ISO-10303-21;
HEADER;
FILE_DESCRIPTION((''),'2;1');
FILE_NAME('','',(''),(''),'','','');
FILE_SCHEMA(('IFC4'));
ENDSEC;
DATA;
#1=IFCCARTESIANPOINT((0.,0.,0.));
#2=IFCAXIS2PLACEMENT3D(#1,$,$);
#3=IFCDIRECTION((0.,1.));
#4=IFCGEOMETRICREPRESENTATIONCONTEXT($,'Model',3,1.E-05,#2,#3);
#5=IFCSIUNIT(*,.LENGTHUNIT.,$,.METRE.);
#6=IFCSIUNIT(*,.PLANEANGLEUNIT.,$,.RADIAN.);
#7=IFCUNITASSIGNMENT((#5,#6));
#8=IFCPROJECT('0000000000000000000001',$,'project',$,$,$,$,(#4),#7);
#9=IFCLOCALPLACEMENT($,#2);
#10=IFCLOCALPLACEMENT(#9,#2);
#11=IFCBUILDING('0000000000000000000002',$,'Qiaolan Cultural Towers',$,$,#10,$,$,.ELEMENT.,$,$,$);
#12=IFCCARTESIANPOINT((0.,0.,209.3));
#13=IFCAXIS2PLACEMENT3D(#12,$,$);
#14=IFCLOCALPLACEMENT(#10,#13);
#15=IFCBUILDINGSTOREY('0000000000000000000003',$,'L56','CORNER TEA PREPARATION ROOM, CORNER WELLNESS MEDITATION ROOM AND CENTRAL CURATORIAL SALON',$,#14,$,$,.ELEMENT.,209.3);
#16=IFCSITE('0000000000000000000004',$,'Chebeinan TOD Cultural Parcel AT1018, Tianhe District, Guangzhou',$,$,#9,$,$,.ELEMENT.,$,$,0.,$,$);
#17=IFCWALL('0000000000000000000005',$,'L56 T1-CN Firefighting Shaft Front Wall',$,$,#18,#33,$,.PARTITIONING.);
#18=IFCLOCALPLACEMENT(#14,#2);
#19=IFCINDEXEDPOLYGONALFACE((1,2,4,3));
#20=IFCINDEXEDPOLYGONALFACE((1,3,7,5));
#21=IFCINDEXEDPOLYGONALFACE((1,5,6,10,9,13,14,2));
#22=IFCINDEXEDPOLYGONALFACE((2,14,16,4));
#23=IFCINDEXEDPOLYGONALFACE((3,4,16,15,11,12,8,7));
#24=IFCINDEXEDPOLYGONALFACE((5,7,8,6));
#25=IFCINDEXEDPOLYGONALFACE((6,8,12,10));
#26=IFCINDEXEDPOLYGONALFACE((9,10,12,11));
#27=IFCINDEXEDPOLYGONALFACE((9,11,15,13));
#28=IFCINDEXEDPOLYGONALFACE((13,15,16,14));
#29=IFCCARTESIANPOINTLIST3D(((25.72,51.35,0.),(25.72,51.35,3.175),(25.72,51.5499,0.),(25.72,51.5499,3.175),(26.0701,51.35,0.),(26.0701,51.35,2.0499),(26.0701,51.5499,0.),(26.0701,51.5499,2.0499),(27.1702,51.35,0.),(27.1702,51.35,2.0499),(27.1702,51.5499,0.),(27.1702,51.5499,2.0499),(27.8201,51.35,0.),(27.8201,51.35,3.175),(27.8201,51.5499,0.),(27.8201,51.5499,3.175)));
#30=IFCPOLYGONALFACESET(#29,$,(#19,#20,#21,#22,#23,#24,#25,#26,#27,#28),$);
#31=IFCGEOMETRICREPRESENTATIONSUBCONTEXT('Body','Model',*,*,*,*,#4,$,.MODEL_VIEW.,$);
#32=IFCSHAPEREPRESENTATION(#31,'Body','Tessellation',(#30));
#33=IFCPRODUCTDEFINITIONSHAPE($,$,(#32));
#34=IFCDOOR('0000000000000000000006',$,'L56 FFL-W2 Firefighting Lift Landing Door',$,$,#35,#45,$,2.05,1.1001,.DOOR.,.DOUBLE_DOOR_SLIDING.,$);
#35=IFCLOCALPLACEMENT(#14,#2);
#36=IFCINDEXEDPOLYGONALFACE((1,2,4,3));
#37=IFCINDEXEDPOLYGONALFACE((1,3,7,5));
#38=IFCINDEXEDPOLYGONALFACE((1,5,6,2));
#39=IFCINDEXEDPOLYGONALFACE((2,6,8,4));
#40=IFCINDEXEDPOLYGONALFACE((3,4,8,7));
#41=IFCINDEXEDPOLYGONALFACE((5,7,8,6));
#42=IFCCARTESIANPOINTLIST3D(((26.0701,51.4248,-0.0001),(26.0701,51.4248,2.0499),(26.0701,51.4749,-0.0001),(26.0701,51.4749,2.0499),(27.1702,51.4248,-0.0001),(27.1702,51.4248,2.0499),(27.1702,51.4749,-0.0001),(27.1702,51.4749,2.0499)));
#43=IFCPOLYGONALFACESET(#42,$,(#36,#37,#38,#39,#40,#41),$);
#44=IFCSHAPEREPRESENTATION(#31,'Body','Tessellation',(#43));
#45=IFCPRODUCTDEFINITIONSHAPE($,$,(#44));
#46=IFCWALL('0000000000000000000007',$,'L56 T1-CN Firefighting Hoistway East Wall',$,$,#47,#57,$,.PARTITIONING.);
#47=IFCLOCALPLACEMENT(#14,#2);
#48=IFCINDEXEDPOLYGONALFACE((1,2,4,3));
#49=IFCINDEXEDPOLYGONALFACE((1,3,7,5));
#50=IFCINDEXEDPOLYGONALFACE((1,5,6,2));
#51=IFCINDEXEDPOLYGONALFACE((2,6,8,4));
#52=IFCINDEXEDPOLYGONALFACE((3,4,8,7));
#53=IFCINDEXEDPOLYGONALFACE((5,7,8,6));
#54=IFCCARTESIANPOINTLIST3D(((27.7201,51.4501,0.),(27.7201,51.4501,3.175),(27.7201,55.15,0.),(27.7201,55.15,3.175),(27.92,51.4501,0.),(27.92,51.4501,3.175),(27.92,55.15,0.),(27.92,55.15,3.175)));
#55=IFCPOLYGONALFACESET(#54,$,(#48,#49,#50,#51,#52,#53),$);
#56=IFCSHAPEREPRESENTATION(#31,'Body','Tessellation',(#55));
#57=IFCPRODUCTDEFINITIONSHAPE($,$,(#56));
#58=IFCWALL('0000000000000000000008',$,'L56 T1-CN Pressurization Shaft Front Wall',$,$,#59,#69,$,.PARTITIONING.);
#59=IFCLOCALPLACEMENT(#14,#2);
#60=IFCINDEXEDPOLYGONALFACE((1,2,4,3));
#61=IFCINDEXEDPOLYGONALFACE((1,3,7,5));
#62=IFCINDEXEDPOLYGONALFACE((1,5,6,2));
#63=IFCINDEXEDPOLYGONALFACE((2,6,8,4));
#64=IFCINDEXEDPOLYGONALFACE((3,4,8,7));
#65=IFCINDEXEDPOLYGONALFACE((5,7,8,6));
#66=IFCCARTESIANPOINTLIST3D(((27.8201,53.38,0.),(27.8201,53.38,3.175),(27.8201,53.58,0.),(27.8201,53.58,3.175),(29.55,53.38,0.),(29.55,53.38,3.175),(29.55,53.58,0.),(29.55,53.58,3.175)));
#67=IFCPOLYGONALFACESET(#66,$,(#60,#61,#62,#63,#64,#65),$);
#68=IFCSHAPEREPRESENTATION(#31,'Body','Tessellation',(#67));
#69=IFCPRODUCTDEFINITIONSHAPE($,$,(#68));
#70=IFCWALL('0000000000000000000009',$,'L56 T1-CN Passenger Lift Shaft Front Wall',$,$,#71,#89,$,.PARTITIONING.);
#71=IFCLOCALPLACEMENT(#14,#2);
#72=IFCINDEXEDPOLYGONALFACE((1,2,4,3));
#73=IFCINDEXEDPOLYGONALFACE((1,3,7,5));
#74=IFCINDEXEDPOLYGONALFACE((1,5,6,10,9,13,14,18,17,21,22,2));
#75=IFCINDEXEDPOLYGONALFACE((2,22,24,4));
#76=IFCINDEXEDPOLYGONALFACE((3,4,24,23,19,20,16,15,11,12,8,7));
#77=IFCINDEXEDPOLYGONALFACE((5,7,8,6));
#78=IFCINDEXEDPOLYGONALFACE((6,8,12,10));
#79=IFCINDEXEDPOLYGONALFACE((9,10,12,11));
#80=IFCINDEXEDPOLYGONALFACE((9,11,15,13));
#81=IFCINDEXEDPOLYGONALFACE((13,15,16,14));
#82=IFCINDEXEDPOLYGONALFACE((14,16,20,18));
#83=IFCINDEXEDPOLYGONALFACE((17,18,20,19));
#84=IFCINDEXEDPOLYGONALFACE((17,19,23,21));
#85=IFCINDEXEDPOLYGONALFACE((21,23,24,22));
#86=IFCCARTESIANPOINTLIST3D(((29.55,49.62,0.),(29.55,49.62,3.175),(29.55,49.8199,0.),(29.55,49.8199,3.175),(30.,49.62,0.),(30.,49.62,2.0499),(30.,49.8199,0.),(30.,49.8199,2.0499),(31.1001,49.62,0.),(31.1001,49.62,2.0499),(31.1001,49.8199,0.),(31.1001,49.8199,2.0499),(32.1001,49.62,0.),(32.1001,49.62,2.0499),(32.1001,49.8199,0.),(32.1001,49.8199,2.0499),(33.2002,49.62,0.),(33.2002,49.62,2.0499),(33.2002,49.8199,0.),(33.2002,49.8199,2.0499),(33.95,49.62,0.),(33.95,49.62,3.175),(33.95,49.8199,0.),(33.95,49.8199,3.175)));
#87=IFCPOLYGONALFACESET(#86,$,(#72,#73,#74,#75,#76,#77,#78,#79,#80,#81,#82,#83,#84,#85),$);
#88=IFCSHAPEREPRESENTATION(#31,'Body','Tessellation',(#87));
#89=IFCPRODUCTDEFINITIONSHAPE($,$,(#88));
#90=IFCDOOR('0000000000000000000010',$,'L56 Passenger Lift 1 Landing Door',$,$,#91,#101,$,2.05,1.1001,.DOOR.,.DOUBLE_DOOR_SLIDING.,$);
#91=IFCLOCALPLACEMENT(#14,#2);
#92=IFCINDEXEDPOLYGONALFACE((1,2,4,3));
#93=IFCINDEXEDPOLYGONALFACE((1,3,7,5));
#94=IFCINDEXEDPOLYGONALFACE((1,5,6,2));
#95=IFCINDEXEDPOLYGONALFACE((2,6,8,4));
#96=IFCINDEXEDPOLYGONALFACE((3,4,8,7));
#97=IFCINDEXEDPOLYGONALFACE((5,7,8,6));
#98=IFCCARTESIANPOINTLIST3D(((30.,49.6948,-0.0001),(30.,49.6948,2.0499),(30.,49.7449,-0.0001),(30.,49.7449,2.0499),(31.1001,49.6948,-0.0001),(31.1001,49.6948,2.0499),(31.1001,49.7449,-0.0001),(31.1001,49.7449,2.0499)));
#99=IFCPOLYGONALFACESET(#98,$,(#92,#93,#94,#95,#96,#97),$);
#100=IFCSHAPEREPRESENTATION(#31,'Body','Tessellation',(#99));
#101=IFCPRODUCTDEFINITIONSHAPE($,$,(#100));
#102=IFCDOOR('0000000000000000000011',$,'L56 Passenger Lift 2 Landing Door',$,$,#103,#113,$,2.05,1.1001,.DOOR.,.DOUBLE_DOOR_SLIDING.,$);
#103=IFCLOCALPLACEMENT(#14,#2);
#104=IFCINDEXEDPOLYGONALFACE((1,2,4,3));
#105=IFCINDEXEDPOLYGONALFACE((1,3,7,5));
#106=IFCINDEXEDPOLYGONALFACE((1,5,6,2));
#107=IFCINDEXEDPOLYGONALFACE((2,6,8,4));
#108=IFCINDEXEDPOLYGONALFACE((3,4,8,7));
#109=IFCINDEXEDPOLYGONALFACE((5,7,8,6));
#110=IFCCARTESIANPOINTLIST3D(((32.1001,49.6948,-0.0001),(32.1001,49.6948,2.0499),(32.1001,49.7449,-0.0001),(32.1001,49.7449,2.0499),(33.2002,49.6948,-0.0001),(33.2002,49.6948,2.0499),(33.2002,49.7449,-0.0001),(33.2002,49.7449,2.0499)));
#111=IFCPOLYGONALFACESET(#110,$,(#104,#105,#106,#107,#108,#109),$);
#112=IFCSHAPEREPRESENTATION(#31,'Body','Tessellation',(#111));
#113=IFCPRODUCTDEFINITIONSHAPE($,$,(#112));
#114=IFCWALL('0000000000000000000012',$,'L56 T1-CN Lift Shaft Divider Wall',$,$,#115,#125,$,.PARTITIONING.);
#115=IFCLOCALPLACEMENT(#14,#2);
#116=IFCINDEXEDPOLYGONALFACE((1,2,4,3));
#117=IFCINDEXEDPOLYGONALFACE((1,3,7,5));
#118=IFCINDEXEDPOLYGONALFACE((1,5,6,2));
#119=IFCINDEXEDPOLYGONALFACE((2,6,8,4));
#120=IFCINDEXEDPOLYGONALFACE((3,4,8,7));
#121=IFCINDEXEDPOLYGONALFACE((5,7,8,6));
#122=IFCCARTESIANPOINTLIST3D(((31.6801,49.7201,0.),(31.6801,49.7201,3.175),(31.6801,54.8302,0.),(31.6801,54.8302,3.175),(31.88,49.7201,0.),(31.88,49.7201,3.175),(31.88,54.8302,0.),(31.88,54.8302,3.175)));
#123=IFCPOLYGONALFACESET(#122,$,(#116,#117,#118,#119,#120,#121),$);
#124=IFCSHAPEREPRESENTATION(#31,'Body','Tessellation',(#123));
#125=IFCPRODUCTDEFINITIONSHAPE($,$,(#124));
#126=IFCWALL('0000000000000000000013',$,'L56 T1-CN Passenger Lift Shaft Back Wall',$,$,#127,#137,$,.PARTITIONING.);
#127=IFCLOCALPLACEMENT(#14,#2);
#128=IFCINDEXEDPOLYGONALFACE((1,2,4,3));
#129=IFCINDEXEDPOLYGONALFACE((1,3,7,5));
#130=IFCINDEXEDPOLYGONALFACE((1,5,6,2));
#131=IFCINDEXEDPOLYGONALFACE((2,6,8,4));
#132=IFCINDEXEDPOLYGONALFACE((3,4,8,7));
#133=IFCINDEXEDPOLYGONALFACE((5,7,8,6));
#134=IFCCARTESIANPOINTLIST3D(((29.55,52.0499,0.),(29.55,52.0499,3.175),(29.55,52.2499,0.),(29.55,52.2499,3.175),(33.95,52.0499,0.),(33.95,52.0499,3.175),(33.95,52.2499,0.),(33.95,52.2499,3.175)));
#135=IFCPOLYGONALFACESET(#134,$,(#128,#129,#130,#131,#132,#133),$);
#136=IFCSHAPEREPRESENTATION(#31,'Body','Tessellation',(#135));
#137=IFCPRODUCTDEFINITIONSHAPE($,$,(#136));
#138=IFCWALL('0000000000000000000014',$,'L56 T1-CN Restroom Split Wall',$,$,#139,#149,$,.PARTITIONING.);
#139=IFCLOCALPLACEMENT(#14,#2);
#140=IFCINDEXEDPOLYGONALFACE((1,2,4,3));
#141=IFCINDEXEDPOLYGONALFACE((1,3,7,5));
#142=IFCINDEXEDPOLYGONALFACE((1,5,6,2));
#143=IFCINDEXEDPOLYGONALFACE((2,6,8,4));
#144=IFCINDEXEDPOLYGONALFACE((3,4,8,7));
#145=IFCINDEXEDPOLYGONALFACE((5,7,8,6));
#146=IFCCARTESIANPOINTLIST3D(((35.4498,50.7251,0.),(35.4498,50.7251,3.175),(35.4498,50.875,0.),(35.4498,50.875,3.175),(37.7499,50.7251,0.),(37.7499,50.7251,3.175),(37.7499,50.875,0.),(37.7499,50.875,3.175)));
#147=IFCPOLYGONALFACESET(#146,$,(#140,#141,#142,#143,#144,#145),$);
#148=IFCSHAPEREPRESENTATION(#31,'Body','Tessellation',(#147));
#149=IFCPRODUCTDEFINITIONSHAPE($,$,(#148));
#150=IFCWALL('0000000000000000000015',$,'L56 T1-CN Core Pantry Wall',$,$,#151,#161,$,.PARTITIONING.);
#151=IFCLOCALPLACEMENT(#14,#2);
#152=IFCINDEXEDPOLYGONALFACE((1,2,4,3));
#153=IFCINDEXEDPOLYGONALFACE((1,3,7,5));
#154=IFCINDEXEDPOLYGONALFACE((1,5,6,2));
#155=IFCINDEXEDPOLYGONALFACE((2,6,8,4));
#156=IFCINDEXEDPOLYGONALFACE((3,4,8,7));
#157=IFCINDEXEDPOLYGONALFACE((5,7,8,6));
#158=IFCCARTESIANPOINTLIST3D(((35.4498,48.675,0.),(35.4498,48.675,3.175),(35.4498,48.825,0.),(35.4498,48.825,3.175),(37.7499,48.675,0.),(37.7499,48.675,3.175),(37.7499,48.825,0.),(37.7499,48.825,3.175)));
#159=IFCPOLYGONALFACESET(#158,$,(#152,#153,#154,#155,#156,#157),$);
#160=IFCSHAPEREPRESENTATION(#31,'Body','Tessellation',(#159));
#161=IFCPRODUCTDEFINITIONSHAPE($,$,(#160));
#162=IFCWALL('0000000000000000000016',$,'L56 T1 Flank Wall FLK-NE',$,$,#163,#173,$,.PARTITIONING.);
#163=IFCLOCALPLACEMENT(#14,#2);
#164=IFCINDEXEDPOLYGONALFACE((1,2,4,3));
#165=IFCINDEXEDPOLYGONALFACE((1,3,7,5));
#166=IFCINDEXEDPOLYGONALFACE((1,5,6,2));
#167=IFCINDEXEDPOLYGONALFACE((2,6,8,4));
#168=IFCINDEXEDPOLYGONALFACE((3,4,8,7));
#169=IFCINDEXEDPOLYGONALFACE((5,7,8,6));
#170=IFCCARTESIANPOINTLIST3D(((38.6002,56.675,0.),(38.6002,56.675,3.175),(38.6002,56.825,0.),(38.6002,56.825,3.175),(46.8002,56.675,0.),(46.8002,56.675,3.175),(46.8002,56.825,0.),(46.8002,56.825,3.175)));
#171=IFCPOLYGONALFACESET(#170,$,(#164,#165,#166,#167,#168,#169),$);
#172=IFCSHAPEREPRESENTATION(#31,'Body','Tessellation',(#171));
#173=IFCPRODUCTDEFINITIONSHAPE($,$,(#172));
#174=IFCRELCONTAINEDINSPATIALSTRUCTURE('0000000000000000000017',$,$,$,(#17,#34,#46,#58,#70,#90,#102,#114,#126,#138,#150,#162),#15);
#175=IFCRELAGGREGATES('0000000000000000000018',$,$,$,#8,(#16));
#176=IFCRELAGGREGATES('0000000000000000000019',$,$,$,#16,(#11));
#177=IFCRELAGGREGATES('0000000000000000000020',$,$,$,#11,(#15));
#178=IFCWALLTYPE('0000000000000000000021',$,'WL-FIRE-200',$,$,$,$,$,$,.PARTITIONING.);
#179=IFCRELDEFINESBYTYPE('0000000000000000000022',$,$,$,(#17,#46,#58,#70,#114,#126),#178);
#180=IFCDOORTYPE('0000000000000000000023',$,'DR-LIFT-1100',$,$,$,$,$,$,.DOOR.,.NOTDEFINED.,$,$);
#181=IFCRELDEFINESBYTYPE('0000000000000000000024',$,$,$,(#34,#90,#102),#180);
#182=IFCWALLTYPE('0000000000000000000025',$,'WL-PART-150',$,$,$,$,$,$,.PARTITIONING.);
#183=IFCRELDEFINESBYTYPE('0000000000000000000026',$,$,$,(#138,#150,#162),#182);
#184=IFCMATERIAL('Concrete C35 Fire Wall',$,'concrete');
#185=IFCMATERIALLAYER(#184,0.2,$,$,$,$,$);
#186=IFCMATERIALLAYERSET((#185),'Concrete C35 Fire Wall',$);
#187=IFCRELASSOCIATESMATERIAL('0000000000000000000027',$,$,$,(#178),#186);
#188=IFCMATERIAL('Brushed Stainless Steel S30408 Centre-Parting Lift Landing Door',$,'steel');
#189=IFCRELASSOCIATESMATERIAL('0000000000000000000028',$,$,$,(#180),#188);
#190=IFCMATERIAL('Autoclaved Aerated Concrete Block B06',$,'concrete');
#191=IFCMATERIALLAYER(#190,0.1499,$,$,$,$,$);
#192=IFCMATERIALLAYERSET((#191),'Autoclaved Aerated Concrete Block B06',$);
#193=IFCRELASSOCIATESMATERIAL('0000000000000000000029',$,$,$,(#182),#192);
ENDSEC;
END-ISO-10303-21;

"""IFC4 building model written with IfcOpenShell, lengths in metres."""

from ifc_helpers import new_model, si_unit, direction, frame, frame_2d, origin, place, context, subcontext, project, spatial, rectangle, extrude, material, layer, layer_set, type_object, element, fill, save


model = new_model("IFC4")

# Units and contexts
model_context = context("Model", 3, precision=1e-05, world=origin(), true_north=direction((0.0, 1.0)))
body_context = subcontext(model_context, "Body", "Model", "MODEL_VIEW")
ifc_project = project(units=[si_unit("LENGTHUNIT", "METRE"), si_unit("PLANEANGLEUNIT", "RADIAN")], contexts=[model_context])

# Site, building, storey
site_placement = place(None, origin())
site = spatial("IfcSite", under=ifc_project, at=site_placement, Name="Chebeinan TOD Cultural Parcel AT1018, Tianhe District, Guangzhou", CompositionType="ELEMENT", RefElevation=0.0)
building_placement = place(site_placement, origin())
building = spatial("IfcBuilding", under=site, at=building_placement, Name="Qiaolan Cultural Towers", CompositionType="ELEMENT")
storey_placement = place(building_placement, frame((0.0, 0.0, 209.3)))
storey = spatial("IfcBuildingStorey", under=building, at=storey_placement, Name="L56", Description="CORNER TEA PREPARATION ROOM, CORNER WELLNESS MEDITATION ROOM AND CENTRAL CURATORIAL SALON", CompositionType="ELEMENT", Elevation=209.3)

# Wall, opening, door
ifc_material_1 = material(Name="Concrete C35 Fire Wall", Category="concrete")
ifc_layer_1 = layer(ifc_material_1, 0.2)
ifc_layer_set_1 = layer_set([ifc_layer_1], Name="Concrete C35 Fire Wall")
wall_type_1 = type_object("IfcWallType", Name="WL-FIRE-200", PredefinedType="PARTITIONING", material=ifc_layer_set_1)
wall_1_placement = place(storey_placement, frame((25.72, 51.45, 0.0), z_axis=(0.0, 0.0, 1.0), x_axis=(1.0, 0.0, 0.0)))
wall_1 = element("IfcWall", 1, at=wall_1_placement, inside=storey, type_object=wall_type_1, Name="L56 T1-CN Firefighting Shaft Front Wall", PredefinedType="PARTITIONING", context=body_context, shape_type="SweptSolid", body=[
    extrude(rectangle(XDim=2.1001, YDim=0.2, at=frame_2d((1.05, 0.0))), origin(), (0.0, 0.0, 1.0), 3.175),
])
opening_1_placement = place(wall_1_placement, frame((0.3501, 0.0, 0.0)))
opening_1 = element("IfcOpeningElement", 2, at=opening_1_placement, cuts=wall_1, PredefinedType="OPENING", context=body_context, shape_type="SweptSolid", body=[
    extrude(rectangle(XDim=1.1001, YDim=2.05, at=frame_2d((0.55, 1.0249))), frame((0.0, 0.1099, 0.0), z_axis=(0.0, -1.0, 0.0), x_axis=(1.0, 0.0, 0.0)), (0.0, 0.0, 1.0), 0.22),
])
ifc_material_2 = material(Name="Brushed Stainless Steel S30408 Centre-Parting Lift Landing Door", Category="steel")
door_type = type_object("IfcDoorType", Name="DR-LIFT-1100", OperationType="NOTDEFINED", PredefinedType="DOOR", material=ifc_material_2)
door_1_placement = place(opening_1_placement, origin())
door_1 = element("IfcDoor", 3, at=door_1_placement, inside=storey, type_object=door_type, Name="L56 FFL-W2 Firefighting Lift Landing Door", OperationType="DOUBLE_DOOR_SLIDING", OverallHeight=2.05, OverallWidth=1.1001, PredefinedType="DOOR", context=body_context, shape_type="SweptSolid", body=[
    extrude(rectangle(XDim=1.1001, YDim=2.05, at=frame_2d((0.55, 1.0249))), frame((0.0, 0.0249, 0.0), z_axis=(0.0, -1.0, 0.0), x_axis=(1.0, 0.0, 0.0)), (0.0, 0.0, 1.0), 0.05),
])
fill(opening_1, door_1)

# Walls
wall_2_placement = place(storey_placement, frame((27.8201, 51.45, 0.0), z_axis=(0.0, 0.0, 1.0), x_axis=(0.0, 1.0, 0.0)))
element("IfcWall", 4, at=wall_2_placement, inside=storey, type_object=wall_type_1, Name="L56 T1-CN Firefighting Hoistway East Wall", PredefinedType="PARTITIONING", context=body_context, shape_type="SweptSolid", body=[
    extrude(rectangle(XDim=3.7, YDim=0.2, at=frame_2d((1.8501, 0.0))), origin(), (0.0, 0.0, 1.0), 3.175),
])
wall_3_placement = place(storey_placement, frame((27.8201, 53.48, 0.0), z_axis=(0.0, 0.0, 1.0), x_axis=(1.0, 0.0, 0.0)))
element("IfcWall", 5, at=wall_3_placement, inside=storey, type_object=wall_type_1, Name="L56 T1-CN Pressurization Shaft Front Wall", PredefinedType="PARTITIONING", context=body_context, shape_type="SweptSolid", body=[
    extrude(rectangle(XDim=1.73, YDim=0.2, at=frame_2d((0.865, 0.0))), origin(), (0.0, 0.0, 1.0), 3.175),
])

# Wall, openings, doors
wall_4_placement = place(storey_placement, frame((29.55, 49.72, 0.0), z_axis=(0.0, 0.0, 1.0), x_axis=(1.0, 0.0, 0.0)))
wall_4 = element("IfcWall", 6, at=wall_4_placement, inside=storey, type_object=wall_type_1, Name="L56 T1-CN Passenger Lift Shaft Front Wall", PredefinedType="PARTITIONING", context=body_context, shape_type="SweptSolid", body=[
    extrude(rectangle(XDim=4.3999, YDim=0.2, at=frame_2d((2.2, 0.0))), origin(), (0.0, 0.0, 1.0), 3.175),
])
opening_2_placement = place(wall_4_placement, frame((0.45, 0.0, 0.0)))
opening_2 = element("IfcOpeningElement", 7, at=opening_2_placement, cuts=wall_4, PredefinedType="OPENING", context=body_context, shape_type="SweptSolid", body=[
    extrude(rectangle(XDim=1.1001, YDim=2.05, at=frame_2d((0.55, 1.0249))), frame((0.0, 0.1099, 0.0), z_axis=(0.0, -1.0, 0.0), x_axis=(1.0, 0.0, 0.0)), (0.0, 0.0, 1.0), 0.22),
])
opening_3_placement = place(wall_4_placement, frame((2.55, 0.0, 0.0)))
opening_3 = element("IfcOpeningElement", 8, at=opening_3_placement, cuts=wall_4, PredefinedType="OPENING", context=body_context, shape_type="SweptSolid", body=[
    extrude(rectangle(XDim=1.1001, YDim=2.05, at=frame_2d((0.55, 1.0249))), frame((0.0, 0.1099, 0.0), z_axis=(0.0, -1.0, 0.0), x_axis=(1.0, 0.0, 0.0)), (0.0, 0.0, 1.0), 0.22),
])
door_2_placement = place(opening_2_placement, origin())
door_2 = element("IfcDoor", 9, at=door_2_placement, inside=storey, type_object=door_type, Name="L56 Passenger Lift 1 Landing Door", OperationType="DOUBLE_DOOR_SLIDING", OverallHeight=2.05, OverallWidth=1.1001, PredefinedType="DOOR", context=body_context, shape_type="SweptSolid", body=[
    extrude(rectangle(XDim=1.1001, YDim=2.05, at=frame_2d((0.55, 1.0249))), frame((0.0, 0.0249, 0.0), z_axis=(0.0, -1.0, 0.0), x_axis=(1.0, 0.0, 0.0)), (0.0, 0.0, 1.0), 0.05),
])
fill(opening_2, door_2)
door_3_placement = place(opening_3_placement, origin())
door_3 = element("IfcDoor", 10, at=door_3_placement, inside=storey, type_object=door_type, Name="L56 Passenger Lift 2 Landing Door", OperationType="DOUBLE_DOOR_SLIDING", OverallHeight=2.05, OverallWidth=1.1001, PredefinedType="DOOR", context=body_context, shape_type="SweptSolid", body=[
    extrude(rectangle(XDim=1.1001, YDim=2.05, at=frame_2d((0.55, 1.0249))), frame((0.0, 0.0249, 0.0), z_axis=(0.0, -1.0, 0.0), x_axis=(1.0, 0.0, 0.0)), (0.0, 0.0, 1.0), 0.05),
])
fill(opening_3, door_3)

# Walls
wall_5_placement = place(storey_placement, frame((31.78, 49.72, 0.0), z_axis=(0.0, 0.0, 1.0), x_axis=(0.0, 1.0, 0.0)))
element("IfcWall", 11, at=wall_5_placement, inside=storey, type_object=wall_type_1, Name="L56 T1-CN Lift Shaft Divider Wall", PredefinedType="PARTITIONING", context=body_context, shape_type="SweptSolid", body=[
    extrude(rectangle(XDim=5.1101, YDim=0.2, at=frame_2d((2.5552, 0.0))), origin(), (0.0, 0.0, 1.0), 3.175),
])
wall_6_placement = place(storey_placement, frame((29.55, 52.1499, 0.0), z_axis=(0.0, 0.0, 1.0), x_axis=(1.0, 0.0, 0.0)))
element("IfcWall", 12, at=wall_6_placement, inside=storey, type_object=wall_type_1, Name="L56 T1-CN Passenger Lift Shaft Back Wall", PredefinedType="PARTITIONING", context=body_context, shape_type="SweptSolid", body=[
    extrude(rectangle(XDim=4.3999, YDim=0.2, at=frame_2d((2.2, 0.0))), origin(), (0.0, 0.0, 1.0), 3.175),
])
ifc_material_3 = material(Name="Autoclaved Aerated Concrete Block B06", Category="concrete")
ifc_layer_2 = layer(ifc_material_3, 0.1499)
ifc_layer_set_2 = layer_set([ifc_layer_2], Name="Autoclaved Aerated Concrete Block B06")
wall_type_2 = type_object("IfcWallType", Name="WL-PART-150", PredefinedType="PARTITIONING", material=ifc_layer_set_2)
for number, where, z_axis, x_axis, name in (
    (13, (35.45, 50.8, 0.0), (0.0, 0.0, 1.0), (1.0, 0.0, 0.0), "L56 T1-CN Restroom Split Wall"),
    (14, (35.45, 48.75, 0.0), (0.0, 0.0, 1.0), (1.0, 0.0, 0.0), "L56 T1-CN Core Pantry Wall"),
):
    element("IfcWall", number, at=place(storey_placement, frame(where, z_axis=z_axis, x_axis=x_axis)), inside=storey, type_object=wall_type_2, Name=name, PredefinedType="PARTITIONING", context=body_context, shape_type="SweptSolid", body=[
        extrude(rectangle(XDim=2.3, YDim=0.1499, at=frame_2d((1.1499, 0.0))), origin(), (0.0, 0.0, 1.0), 3.175),
    ])
wall_7_placement = place(storey_placement, frame((38.6001, 56.75, 0.0), z_axis=(0.0, 0.0, 1.0), x_axis=(1.0, 0.0, 0.0)))
element("IfcWall", 15, at=wall_7_placement, inside=storey, type_object=wall_type_2, Name="L56 T1 Flank Wall FLK-NE", PredefinedType="PARTITIONING", context=body_context, shape_type="SweptSolid", body=[
    extrude(rectangle(XDim=8.2, YDim=0.1499, at=frame_2d((4.1001, 0.0))), origin(), (0.0, 0.0, 1.0), 3.175),
])

save(model, "model.ifc")
